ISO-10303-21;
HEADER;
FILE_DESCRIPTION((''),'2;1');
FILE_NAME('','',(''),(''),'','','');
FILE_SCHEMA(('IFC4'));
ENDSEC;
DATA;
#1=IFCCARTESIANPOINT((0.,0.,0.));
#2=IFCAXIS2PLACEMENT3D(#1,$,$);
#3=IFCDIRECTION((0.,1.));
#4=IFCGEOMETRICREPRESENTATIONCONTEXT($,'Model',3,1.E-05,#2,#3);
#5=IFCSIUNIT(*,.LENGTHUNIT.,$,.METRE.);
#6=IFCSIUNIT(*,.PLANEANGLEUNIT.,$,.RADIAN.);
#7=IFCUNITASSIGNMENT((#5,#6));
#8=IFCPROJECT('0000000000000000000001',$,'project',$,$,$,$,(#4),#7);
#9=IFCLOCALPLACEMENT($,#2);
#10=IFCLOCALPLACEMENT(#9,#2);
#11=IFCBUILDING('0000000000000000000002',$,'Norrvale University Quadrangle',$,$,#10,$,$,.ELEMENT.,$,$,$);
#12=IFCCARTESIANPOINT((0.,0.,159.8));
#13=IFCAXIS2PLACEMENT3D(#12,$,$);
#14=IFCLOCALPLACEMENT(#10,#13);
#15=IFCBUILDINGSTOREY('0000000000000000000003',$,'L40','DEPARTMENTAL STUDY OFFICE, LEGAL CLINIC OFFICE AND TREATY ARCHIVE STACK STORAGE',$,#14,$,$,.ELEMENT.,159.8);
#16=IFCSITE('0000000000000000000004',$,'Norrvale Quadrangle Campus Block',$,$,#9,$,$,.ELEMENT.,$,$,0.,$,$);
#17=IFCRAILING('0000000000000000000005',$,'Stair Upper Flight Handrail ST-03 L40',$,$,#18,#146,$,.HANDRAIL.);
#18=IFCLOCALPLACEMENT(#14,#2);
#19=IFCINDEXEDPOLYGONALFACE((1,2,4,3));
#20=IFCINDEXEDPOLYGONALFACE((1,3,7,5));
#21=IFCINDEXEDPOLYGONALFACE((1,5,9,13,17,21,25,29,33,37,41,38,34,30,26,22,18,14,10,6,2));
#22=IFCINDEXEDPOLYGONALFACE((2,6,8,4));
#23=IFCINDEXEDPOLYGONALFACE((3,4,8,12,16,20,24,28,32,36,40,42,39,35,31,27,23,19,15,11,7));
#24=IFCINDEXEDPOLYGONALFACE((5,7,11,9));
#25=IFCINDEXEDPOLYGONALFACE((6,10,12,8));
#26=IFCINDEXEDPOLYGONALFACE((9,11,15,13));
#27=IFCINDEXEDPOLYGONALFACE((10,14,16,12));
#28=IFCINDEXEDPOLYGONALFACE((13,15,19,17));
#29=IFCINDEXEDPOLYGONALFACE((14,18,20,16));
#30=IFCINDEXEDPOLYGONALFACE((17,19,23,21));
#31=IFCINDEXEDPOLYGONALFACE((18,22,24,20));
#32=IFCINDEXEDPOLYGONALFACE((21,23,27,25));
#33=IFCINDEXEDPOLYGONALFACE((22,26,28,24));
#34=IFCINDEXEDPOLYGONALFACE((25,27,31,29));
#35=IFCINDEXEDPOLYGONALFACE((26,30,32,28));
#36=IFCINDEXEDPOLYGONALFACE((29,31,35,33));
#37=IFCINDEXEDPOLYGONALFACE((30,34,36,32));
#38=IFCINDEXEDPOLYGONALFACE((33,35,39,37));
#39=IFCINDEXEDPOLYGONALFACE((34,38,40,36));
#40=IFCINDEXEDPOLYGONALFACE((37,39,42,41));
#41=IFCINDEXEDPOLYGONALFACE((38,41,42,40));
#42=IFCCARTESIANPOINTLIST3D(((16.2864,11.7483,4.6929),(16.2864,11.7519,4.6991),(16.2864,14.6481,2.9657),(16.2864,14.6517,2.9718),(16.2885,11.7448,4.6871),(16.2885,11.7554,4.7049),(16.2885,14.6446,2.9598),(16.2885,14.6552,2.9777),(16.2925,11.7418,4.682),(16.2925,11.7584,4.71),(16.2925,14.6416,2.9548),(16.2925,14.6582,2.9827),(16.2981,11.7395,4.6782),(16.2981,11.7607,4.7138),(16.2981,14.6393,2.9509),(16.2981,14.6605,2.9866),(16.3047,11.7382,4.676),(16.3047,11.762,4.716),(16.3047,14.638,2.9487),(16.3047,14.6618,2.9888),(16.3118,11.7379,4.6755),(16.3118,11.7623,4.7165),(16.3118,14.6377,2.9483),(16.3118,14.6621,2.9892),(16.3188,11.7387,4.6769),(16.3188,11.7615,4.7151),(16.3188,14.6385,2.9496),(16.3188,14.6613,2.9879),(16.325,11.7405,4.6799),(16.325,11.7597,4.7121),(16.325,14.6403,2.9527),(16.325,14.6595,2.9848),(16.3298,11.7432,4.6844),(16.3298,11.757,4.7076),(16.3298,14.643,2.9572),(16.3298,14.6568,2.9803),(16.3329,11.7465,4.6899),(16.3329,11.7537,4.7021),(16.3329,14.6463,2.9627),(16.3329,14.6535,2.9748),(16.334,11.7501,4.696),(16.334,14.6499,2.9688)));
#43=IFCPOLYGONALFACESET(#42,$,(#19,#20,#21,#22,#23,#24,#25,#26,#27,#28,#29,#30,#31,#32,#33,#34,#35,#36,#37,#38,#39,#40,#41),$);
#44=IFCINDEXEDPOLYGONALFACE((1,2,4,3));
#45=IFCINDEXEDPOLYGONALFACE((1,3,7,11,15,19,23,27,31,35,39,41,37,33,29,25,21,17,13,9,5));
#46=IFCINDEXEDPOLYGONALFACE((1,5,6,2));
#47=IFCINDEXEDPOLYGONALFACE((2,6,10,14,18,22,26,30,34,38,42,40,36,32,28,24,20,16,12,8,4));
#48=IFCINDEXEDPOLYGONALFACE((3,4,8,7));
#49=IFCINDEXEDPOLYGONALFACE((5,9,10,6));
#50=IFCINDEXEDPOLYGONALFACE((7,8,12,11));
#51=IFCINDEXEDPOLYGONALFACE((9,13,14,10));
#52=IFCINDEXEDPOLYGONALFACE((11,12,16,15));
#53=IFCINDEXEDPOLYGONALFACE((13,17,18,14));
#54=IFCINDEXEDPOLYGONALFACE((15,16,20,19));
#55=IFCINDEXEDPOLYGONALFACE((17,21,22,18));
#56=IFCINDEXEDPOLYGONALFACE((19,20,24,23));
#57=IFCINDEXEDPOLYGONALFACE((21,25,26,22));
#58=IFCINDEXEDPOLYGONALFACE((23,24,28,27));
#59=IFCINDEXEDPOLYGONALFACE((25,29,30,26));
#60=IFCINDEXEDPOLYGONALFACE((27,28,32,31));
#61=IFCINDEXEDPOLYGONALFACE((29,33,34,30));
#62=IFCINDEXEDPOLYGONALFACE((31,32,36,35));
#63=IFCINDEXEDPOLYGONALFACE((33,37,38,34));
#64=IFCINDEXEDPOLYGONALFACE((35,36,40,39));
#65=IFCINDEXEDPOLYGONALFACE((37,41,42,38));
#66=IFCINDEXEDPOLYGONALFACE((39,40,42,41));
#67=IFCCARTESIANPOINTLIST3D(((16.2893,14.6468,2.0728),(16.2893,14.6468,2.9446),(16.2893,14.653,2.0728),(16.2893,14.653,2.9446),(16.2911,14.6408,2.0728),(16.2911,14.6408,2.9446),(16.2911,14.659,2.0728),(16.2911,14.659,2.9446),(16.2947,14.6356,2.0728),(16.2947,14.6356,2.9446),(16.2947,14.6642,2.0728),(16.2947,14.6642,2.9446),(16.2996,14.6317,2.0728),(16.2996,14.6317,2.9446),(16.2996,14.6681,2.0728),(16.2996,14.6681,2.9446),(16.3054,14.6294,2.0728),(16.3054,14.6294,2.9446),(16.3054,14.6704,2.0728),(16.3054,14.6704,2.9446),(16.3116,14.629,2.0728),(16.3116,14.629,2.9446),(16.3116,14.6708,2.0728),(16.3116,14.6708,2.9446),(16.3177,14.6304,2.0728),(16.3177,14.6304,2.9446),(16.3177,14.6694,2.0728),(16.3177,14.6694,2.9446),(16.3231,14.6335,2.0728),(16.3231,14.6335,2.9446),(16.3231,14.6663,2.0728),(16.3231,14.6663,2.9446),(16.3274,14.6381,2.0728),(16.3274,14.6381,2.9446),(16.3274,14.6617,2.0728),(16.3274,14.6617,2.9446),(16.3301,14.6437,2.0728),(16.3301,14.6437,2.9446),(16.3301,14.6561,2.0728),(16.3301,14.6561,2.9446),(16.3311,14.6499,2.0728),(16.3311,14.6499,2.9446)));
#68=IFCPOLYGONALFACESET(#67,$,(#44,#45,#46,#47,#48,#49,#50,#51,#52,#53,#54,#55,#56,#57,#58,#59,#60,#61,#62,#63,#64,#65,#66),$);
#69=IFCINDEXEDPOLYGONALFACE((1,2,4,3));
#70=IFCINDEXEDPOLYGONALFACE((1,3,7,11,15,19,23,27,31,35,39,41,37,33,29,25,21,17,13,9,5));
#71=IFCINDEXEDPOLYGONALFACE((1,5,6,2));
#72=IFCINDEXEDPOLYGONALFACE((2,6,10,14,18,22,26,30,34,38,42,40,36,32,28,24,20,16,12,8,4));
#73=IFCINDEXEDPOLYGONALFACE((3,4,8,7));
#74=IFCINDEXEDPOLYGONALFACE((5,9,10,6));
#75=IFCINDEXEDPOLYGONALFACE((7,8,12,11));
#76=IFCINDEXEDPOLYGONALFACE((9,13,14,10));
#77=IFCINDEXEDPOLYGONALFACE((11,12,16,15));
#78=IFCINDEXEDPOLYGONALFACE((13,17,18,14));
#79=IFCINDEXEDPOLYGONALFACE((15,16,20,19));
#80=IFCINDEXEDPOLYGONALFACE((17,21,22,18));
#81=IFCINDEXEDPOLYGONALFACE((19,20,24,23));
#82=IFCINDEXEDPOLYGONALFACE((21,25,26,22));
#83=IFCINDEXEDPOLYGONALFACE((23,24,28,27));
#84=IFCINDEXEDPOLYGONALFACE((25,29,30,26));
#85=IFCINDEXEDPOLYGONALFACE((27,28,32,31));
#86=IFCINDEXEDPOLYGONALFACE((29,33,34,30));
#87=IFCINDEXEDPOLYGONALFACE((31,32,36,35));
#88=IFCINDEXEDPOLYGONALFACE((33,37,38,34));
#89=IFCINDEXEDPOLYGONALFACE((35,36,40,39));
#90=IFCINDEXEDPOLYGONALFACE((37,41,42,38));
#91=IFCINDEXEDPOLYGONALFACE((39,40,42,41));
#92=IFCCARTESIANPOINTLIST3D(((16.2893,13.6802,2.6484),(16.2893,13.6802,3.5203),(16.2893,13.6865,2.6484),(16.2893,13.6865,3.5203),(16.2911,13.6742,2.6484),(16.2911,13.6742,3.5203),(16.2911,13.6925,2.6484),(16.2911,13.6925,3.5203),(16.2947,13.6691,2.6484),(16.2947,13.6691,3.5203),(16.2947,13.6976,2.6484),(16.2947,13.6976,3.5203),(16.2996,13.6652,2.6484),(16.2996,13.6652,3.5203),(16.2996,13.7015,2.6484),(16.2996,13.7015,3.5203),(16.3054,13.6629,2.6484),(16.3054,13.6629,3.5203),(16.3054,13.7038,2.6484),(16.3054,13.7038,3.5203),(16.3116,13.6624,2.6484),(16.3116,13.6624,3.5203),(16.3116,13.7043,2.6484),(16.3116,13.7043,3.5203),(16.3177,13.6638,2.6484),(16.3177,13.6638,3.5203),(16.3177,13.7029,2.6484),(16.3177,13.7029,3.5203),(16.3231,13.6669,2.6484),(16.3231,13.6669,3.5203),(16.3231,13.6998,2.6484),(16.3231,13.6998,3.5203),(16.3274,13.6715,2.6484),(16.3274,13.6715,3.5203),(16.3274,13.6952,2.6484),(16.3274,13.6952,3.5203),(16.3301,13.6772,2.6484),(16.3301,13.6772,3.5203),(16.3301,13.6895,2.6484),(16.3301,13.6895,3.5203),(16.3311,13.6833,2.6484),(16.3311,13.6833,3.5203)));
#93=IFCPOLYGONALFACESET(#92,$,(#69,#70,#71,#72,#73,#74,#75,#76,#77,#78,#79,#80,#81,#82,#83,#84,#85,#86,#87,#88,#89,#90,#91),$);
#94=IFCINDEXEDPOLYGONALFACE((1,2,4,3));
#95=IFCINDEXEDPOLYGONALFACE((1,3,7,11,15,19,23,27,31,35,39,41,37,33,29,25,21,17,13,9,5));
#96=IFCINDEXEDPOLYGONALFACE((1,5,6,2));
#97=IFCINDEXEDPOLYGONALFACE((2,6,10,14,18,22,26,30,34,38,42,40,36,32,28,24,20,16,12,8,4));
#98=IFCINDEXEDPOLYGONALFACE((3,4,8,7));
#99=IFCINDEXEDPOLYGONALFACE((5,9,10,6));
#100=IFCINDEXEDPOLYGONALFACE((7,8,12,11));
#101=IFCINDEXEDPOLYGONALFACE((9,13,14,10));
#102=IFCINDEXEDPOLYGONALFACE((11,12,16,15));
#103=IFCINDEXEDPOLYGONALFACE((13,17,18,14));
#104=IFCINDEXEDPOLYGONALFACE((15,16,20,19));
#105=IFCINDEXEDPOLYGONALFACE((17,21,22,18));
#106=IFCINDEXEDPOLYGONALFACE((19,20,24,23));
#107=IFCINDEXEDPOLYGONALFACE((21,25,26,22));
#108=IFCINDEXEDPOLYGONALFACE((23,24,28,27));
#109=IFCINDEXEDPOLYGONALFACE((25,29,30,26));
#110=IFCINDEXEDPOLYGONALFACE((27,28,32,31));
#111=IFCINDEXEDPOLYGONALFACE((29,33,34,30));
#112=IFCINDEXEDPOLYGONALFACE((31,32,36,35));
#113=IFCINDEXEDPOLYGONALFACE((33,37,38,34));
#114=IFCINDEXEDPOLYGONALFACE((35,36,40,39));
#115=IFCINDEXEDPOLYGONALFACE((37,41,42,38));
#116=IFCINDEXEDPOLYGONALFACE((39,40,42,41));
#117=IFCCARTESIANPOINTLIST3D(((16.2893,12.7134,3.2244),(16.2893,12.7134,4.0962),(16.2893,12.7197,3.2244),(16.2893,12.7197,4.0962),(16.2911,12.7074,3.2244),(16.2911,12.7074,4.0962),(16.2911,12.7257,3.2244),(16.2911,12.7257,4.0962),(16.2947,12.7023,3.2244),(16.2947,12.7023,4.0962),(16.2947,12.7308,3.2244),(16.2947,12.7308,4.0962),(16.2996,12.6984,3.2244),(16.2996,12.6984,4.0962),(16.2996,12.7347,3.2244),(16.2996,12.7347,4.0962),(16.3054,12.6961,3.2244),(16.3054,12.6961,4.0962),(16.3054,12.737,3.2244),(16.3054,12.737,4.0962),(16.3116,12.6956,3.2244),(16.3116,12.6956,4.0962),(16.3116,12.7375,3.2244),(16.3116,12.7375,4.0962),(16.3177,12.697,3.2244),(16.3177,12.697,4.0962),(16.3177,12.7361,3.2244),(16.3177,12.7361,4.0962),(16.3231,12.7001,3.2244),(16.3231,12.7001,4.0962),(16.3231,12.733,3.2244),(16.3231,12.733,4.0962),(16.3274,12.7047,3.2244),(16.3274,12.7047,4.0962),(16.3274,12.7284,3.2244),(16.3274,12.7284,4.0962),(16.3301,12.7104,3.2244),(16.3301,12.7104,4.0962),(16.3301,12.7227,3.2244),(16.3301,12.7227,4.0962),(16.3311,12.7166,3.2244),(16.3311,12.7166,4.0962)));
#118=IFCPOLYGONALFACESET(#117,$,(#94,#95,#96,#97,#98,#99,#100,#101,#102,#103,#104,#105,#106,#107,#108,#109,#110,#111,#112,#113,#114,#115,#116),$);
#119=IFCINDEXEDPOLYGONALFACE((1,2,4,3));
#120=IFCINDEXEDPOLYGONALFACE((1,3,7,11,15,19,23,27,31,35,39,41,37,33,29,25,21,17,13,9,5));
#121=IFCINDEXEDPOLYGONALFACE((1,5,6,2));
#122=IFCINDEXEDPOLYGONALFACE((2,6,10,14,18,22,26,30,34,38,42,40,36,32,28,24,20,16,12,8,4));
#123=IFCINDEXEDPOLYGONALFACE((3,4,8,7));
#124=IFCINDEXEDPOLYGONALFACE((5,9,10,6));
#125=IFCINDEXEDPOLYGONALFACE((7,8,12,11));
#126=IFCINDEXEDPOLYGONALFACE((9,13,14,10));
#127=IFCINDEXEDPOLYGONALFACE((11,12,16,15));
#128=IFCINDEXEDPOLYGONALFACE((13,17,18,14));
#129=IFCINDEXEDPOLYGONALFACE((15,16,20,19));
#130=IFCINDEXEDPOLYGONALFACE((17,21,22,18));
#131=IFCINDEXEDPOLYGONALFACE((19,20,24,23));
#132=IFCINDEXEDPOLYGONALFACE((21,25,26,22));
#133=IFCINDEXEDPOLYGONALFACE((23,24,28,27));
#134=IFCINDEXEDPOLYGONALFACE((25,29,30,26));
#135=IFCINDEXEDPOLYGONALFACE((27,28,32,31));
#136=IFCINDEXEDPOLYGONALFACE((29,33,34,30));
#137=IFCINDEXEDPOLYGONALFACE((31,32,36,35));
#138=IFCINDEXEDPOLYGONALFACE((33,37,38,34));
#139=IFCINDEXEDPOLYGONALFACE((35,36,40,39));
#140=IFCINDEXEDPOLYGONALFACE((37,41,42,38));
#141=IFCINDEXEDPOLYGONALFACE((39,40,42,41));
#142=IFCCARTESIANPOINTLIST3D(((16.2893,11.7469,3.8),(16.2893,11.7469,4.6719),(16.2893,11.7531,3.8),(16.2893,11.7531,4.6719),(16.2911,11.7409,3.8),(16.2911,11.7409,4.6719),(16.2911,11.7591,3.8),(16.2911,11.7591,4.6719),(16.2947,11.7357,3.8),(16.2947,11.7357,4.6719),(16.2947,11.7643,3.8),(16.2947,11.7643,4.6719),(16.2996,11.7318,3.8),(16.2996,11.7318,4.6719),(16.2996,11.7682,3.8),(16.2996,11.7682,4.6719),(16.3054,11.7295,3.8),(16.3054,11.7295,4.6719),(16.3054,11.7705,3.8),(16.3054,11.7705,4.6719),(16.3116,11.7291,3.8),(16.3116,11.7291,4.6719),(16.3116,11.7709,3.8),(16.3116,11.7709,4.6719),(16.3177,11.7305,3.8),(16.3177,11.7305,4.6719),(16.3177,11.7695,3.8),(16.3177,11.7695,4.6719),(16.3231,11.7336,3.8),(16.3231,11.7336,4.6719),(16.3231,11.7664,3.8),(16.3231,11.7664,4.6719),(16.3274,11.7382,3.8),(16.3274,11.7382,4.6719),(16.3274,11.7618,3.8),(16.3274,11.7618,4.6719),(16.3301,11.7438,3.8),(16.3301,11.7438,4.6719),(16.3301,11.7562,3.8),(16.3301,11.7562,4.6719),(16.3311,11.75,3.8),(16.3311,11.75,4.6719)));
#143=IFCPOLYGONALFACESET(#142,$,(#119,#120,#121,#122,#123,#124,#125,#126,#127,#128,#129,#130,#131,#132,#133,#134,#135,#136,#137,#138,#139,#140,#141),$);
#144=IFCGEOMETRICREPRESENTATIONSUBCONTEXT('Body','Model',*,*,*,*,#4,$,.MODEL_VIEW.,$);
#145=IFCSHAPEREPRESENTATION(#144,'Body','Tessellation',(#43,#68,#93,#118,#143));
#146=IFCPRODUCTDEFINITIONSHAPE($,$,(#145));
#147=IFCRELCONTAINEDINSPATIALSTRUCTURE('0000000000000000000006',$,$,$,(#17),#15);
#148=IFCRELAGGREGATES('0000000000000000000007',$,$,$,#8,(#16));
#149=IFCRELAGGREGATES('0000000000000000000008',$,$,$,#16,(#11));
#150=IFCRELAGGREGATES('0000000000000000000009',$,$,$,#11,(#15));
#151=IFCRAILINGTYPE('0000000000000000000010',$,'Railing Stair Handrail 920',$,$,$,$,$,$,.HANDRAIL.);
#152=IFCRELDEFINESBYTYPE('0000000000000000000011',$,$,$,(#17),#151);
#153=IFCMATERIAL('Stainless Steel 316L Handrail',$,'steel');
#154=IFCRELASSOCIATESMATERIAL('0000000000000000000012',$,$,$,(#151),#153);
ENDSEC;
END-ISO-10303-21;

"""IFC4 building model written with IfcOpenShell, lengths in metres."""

from ifc_helpers import new_model, si_unit, direction, frame, origin, origin_2d, place, context, subcontext, project, spatial, circle, extrude, material, type_object, element, save


model = new_model("IFC4")

# Units and contexts
model_context = context("Model", 3, precision=1e-05, world=origin(), true_north=direction((0.0, 1.0)))
body_context = subcontext(model_context, "Body", "Model", "MODEL_VIEW")
ifc_project = project(units=[si_unit("LENGTHUNIT", "METRE"), si_unit("PLANEANGLEUNIT", "RADIAN")], contexts=[model_context])

# Site, building, storey
site_placement = place(None, origin())
site = spatial("IfcSite", under=ifc_project, at=site_placement, Name="Norrvale Quadrangle Campus Block", CompositionType="ELEMENT", RefElevation=0.0)
building_placement = place(site_placement, origin())
building = spatial("IfcBuilding", under=site, at=building_placement, Name="Norrvale University Quadrangle", CompositionType="ELEMENT")
storey_placement = place(building_placement, frame((0.0, 0.0, 159.8)))
storey = spatial("IfcBuildingStorey", under=building, at=storey_placement, Name="L40", Description="DEPARTMENTAL STUDY OFFICE, LEGAL CLINIC OFFICE AND TREATY ARCHIVE STACK STORAGE", CompositionType="ELEMENT", Elevation=159.8)

# Railing
ifc_material_1 = material(Name="Stainless Steel 316L Handrail", Category="steel")
railing_type_1 = type_object("IfcRailingType", Name="Railing Stair Handrail 920", PredefinedType="HANDRAIL", material=ifc_material_1)
for number, where, name in (
    (1, (16.3101, 14.6499, 2.0728), "Stair Upper Flight Handrail ST-03 L40"),
):
    element("IfcRailing", number, at=place(storey_placement, frame(where)), inside=storey, type_object=railing_type_1, Name=name, PredefinedType="HANDRAIL", context=body_context, shape_type="SweptSolid", body=[
        extrude(circle(Radius=0.0239, at=origin_2d()), frame((0.0, 0.0, 0.896), z_axis=(0.0, -0.859141, 0.511738), x_axis=(1.0, 0.0, 0.0)), (0.0, 0.0, 1.0), 3.3752),
        extrude(circle(Radius=0.021, at=origin_2d()), origin(), (0.0, 0.0, 1.0), 0.8718),
        extrude(circle(Radius=0.021, at=origin_2d()), frame((0.0, -0.9666, 0.5757)), (0.0, 0.0, 1.0), 0.8718),
        extrude(circle(Radius=0.021, at=origin_2d()), frame((0.0, -1.9333, 1.1516)), (0.0, 0.0, 1.0), 0.8718),
        extrude(circle(Radius=0.021, at=origin_2d()), frame((0.0, -2.8999, 1.7273)), (0.0, 0.0, 1.0), 0.8718),
    ])

save(model, "model.ifc")
